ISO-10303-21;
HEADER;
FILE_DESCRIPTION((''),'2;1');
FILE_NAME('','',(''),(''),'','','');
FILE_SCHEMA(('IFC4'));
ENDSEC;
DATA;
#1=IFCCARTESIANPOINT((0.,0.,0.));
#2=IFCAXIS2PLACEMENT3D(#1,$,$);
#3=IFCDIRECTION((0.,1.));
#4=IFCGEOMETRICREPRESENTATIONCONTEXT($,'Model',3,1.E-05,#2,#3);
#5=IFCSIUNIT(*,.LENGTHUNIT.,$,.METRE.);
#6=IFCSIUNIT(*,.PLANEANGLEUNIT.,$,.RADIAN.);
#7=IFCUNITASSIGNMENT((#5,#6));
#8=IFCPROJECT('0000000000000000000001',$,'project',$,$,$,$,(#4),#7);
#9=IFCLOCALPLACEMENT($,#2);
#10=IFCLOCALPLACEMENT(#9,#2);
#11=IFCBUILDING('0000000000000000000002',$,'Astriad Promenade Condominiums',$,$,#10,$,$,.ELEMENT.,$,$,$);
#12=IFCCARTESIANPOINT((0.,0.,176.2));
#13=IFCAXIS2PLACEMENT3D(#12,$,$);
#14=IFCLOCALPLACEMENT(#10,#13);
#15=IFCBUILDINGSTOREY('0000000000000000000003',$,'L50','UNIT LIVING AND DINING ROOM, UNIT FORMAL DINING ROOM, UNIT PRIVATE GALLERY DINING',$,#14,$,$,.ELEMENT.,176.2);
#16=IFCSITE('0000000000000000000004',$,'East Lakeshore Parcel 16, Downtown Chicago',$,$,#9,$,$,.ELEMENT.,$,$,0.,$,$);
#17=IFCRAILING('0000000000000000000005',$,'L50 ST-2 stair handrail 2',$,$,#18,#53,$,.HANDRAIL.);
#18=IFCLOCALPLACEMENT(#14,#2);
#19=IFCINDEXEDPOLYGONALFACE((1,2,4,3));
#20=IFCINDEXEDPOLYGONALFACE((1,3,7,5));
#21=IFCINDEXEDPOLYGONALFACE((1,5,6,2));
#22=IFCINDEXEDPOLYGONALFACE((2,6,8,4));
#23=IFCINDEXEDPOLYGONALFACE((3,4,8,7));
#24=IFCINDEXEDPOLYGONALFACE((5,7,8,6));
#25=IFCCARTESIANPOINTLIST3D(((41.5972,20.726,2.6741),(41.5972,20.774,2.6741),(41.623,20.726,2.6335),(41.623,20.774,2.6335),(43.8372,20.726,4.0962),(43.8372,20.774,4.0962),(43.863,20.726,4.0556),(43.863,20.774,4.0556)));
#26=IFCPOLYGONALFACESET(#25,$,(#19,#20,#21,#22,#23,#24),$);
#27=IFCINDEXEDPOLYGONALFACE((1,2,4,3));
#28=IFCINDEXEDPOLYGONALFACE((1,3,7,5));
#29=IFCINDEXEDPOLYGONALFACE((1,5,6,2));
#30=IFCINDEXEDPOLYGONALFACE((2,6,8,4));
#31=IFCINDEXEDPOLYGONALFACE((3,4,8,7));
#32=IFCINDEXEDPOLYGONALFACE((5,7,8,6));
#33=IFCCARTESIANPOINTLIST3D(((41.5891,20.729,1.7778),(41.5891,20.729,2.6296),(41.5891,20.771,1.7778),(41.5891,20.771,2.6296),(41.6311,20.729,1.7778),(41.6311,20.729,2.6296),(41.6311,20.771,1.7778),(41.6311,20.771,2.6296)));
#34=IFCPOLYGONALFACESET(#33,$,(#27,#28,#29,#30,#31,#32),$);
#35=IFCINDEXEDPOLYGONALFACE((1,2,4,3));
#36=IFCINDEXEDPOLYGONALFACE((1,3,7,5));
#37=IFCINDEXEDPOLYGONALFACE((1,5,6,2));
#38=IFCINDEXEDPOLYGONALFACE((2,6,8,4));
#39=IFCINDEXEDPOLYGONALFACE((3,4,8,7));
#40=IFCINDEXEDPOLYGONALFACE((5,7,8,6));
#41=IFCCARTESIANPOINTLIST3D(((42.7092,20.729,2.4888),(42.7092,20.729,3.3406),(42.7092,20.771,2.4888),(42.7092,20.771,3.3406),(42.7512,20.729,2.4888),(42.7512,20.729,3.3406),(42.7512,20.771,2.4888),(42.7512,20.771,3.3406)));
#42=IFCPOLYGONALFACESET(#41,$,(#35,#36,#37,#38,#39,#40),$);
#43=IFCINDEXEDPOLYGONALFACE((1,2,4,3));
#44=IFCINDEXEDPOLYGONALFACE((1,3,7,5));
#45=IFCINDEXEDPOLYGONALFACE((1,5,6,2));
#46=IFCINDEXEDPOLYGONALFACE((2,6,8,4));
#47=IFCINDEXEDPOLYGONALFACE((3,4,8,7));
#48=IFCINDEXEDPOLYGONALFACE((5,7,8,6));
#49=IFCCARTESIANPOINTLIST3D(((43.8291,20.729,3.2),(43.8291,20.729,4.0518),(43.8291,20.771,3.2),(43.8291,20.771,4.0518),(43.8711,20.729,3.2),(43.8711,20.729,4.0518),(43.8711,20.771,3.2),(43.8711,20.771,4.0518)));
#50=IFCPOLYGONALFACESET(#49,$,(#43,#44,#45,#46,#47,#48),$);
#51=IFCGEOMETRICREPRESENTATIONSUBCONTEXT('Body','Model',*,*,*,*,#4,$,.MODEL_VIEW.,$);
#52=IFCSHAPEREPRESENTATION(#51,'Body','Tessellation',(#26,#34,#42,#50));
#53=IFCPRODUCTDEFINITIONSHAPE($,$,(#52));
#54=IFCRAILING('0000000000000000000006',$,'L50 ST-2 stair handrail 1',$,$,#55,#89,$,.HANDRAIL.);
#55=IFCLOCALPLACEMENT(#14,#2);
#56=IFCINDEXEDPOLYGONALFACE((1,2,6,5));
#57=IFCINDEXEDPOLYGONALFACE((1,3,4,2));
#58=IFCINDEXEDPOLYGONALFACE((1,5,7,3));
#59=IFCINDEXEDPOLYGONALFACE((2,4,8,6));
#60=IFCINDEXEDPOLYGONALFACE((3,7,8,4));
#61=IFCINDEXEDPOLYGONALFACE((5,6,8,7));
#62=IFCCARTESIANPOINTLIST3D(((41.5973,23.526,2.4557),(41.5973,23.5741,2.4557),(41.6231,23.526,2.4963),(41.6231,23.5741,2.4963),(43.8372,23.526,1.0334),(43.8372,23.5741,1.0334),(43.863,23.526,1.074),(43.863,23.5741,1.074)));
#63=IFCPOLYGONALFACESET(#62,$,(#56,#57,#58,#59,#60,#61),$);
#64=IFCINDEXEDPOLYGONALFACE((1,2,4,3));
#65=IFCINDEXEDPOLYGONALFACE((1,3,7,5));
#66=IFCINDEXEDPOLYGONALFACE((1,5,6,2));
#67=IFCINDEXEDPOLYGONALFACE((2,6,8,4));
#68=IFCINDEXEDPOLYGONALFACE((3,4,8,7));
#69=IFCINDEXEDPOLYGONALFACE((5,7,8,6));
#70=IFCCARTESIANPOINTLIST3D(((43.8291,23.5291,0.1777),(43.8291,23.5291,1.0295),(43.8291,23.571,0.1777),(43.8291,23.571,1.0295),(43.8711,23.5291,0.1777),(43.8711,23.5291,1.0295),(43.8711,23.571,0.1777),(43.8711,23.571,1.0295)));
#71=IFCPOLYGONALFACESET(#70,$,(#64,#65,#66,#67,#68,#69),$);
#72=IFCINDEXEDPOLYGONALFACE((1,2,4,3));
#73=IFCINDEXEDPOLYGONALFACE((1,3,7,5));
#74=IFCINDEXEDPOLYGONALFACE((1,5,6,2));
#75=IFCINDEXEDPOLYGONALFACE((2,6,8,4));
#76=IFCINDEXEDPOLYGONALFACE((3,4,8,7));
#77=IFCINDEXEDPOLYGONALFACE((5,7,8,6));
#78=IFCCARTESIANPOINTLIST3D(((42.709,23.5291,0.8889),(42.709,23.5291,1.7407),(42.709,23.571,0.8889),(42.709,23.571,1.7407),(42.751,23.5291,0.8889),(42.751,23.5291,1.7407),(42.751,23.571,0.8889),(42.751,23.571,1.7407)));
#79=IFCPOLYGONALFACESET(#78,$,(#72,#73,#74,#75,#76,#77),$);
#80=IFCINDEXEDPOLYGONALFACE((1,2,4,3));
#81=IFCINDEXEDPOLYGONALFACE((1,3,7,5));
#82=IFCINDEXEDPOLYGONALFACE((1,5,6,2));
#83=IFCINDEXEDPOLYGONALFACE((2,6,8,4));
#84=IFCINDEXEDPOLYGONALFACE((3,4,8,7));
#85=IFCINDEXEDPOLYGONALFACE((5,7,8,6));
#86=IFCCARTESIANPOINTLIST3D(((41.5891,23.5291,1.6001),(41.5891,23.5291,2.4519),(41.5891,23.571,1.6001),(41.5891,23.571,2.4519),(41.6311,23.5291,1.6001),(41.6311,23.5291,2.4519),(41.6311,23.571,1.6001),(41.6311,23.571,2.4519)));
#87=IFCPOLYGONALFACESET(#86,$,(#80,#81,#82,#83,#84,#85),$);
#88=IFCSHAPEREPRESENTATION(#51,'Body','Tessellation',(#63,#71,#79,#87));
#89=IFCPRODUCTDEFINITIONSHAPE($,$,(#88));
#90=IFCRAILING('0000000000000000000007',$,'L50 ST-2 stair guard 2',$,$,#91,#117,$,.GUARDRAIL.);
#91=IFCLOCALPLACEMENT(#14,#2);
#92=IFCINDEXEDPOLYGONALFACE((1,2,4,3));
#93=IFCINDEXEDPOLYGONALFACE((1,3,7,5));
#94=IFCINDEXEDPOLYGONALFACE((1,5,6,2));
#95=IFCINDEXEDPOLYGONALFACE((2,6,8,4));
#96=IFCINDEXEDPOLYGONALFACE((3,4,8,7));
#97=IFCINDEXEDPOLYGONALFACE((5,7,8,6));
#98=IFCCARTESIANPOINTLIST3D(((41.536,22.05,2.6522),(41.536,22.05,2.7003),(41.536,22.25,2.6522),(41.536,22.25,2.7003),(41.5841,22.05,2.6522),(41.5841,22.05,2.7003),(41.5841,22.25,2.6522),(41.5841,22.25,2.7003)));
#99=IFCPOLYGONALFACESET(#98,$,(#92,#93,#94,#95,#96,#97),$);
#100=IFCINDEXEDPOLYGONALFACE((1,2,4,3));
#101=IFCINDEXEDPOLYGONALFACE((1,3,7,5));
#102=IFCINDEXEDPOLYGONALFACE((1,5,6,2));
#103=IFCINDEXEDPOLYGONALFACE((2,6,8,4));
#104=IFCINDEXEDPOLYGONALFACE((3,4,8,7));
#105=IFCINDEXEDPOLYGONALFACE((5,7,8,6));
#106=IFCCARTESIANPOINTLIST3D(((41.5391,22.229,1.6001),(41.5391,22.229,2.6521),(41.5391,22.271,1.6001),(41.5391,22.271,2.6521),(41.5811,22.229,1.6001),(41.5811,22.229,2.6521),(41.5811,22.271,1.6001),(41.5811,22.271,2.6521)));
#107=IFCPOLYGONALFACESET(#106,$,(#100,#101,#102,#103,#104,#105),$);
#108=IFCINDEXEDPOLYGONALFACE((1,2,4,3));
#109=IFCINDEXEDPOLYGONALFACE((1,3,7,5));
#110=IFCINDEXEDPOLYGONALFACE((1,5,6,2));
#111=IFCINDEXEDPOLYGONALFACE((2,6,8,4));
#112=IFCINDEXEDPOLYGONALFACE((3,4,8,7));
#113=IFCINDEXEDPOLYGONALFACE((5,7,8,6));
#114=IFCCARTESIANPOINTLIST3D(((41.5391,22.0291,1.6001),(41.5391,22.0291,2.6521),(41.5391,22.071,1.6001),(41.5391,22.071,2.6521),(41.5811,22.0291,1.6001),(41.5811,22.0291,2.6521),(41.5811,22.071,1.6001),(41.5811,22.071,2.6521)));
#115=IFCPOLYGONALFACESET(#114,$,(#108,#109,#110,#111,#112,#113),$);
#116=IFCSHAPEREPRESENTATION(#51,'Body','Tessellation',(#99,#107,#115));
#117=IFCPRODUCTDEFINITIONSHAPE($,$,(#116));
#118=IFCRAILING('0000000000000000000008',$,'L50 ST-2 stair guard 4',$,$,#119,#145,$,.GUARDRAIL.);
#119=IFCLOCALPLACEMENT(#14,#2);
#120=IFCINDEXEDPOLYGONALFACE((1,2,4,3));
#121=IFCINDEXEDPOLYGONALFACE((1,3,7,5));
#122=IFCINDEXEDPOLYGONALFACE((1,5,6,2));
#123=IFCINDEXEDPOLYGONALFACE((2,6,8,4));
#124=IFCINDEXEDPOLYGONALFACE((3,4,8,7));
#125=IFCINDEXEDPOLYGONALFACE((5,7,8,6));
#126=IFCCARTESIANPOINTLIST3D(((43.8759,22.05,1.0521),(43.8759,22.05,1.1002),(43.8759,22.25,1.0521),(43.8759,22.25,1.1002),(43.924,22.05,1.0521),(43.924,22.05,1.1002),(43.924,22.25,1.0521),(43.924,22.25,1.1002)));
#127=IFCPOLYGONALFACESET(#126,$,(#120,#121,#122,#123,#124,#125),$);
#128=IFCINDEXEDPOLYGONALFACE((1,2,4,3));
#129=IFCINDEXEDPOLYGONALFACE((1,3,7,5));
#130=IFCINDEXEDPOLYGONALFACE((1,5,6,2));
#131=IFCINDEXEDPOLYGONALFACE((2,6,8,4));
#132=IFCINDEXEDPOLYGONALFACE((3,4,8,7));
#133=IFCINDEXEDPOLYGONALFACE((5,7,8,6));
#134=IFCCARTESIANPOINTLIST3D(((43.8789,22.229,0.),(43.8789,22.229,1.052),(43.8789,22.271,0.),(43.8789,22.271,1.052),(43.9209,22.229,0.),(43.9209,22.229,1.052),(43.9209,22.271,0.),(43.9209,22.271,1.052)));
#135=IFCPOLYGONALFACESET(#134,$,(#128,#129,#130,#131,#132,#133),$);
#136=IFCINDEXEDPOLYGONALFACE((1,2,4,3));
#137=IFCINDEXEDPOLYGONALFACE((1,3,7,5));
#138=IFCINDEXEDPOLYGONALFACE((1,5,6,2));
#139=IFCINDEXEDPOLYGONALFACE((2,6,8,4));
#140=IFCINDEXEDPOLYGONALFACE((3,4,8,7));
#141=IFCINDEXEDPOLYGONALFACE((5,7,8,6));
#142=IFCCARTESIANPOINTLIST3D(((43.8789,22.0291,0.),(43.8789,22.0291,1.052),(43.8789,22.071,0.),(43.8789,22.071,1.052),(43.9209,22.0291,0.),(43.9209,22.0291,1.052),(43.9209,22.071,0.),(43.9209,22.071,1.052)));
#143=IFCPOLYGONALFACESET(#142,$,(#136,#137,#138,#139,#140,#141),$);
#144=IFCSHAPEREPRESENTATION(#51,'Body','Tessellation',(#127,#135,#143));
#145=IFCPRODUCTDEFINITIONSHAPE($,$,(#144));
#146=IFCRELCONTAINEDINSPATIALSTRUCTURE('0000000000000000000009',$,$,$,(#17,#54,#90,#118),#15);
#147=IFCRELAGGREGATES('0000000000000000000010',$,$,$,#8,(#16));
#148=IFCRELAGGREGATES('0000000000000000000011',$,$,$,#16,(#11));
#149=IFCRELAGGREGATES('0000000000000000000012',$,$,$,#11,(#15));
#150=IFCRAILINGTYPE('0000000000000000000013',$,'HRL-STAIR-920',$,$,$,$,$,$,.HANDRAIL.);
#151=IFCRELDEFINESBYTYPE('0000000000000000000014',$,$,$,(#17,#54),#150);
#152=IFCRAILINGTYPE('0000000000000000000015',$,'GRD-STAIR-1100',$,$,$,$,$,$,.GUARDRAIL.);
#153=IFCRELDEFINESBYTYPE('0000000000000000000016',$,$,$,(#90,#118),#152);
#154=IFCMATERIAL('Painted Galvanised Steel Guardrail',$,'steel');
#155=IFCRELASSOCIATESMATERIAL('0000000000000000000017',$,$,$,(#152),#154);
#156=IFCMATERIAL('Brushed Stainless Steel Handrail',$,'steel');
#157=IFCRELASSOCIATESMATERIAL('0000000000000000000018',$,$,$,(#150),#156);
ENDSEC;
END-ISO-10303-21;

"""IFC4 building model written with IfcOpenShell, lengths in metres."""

from ifc_helpers import new_model, si_unit, direction, frame, origin, origin_2d, place, context, subcontext, project, spatial, rectangle, extrude, source, transform, mapped, material, type_object, type_shapes, element, save


model = new_model("IFC4")

# Units and contexts
model_context = context("Model", 3, precision=1e-05, world=origin(), true_north=direction((0.0, 1.0)))
body_context = subcontext(model_context, "Body", "Model", "MODEL_VIEW")
ifc_project = project(units=[si_unit("LENGTHUNIT", "METRE"), si_unit("PLANEANGLEUNIT", "RADIAN")], contexts=[model_context])

# Site, building, storey
site_placement = place(None, origin())
site = spatial("IfcSite", under=ifc_project, at=site_placement, Name="East Lakeshore Parcel 16, Downtown Chicago", CompositionType="ELEMENT", RefElevation=0.0)
building_placement = place(site_placement, origin())
building = spatial("IfcBuilding", under=site, at=building_placement, Name="Astriad Promenade Condominiums", CompositionType="ELEMENT")
storey_placement = place(building_placement, frame((0.0, 0.0, 176.2)))
storey = spatial("IfcBuildingStorey", under=building, at=storey_placement, Name="L50", Description="UNIT LIVING AND DINING ROOM, UNIT FORMAL DINING ROOM, UNIT PRIVATE GALLERY DINING", CompositionType="ELEMENT", Elevation=176.2)

# Railings
ifc_material_1 = material(Name="Painted Galvanised Steel Guardrail", Category="steel")
railing_type_1 = type_object("IfcRailingType", Name="GRD-STAIR-1100", PredefinedType="GUARDRAIL", material=ifc_material_1)
ifc_material_2 = material(Name="Brushed Stainless Steel Handrail", Category="steel")
railing_type_2 = type_object("IfcRailingType", Name="HRL-STAIR-920", PredefinedType="HANDRAIL", material=ifc_material_2)
shared_shape_1 = source(origin(), body_context, "Body", "SweptSolid", [
    extrude(rectangle(XDim=0.0481, YDim=0.0481, at=origin_2d()), frame((0.0, 0.0, 0.876), z_axis=(0.844229, 0.0, 0.535982), x_axis=(0.0, 1.0, 0.0)), (0.0, 0.0, 1.0), 2.6533),
    extrude(rectangle(XDim=0.042, YDim=0.042, at=origin_2d()), origin(), (0.0, 0.0, 1.0), 0.8518),
    extrude(rectangle(XDim=0.042, YDim=0.042, at=origin_2d()), frame((1.1201, 0.0, 0.7109)), (0.0, 0.0, 1.0), 0.8518),
    extrude(rectangle(XDim=0.042, YDim=0.042, at=origin_2d()), frame((2.24, 0.0, 1.4221)), (0.0, 0.0, 1.0), 0.8518),
])
railing_1_placement = place(storey_placement, frame((41.6101, 20.75, 1.7778)))
element("IfcRailing", 1, at=railing_1_placement, inside=storey, type_object=railing_type_2, Name="L50 ST-2 stair handrail 2", PredefinedType="HANDRAIL", context=body_context, shape_type="MappedRepresentation", body=[
    mapped(shared_shape_1, transform((0.0, 0.0, 0.0), scale=1.0)),
])
shared_shape_2 = source(origin(), body_context, "Body", "SweptSolid", [
    extrude(rectangle(XDim=0.0481, YDim=0.0481, at=origin_2d()), frame((0.0, 0.0, 0.876), z_axis=(-0.844188, 0.0, 0.536048), x_axis=(0.0, -1.0, 0.0)), (0.0, 0.0, 1.0), 2.6533),
    extrude(rectangle(XDim=0.042, YDim=0.042, at=origin_2d()), origin(), (0.0, 0.0, 1.0), 0.8518),
    extrude(rectangle(XDim=0.042, YDim=0.042, at=origin_2d()), frame((-1.1201, 0.0, 0.7112)), (0.0, 0.0, 1.0), 0.8518),
    extrude(rectangle(XDim=0.042, YDim=0.042, at=origin_2d()), frame((-2.24, 0.0, 1.4224)), (0.0, 0.0, 1.0), 0.8518),
])
type_shapes(railing_type_2, [shared_shape_1, shared_shape_2])
railing_2_placement = place(storey_placement, frame((43.8501, 23.55, 0.1777)))
element("IfcRailing", 2, at=railing_2_placement, inside=storey, type_object=railing_type_2, Name="L50 ST-2 stair handrail 1", PredefinedType="HANDRAIL", context=body_context, shape_type="MappedRepresentation", body=[
    mapped(shared_shape_2, transform((0.0, 0.0, 0.0), scale=1.0)),
])
shared_shape_3 = source(origin(), body_context, "Body", "SweptSolid", [
    extrude(rectangle(XDim=0.0481, YDim=0.0481, at=origin_2d()), frame((0.0, 0.0, 1.0762), z_axis=(0.0, -1.0, 0.0), x_axis=(1.0, 0.0, 0.0)), (0.0, 0.0, 1.0), 0.2),
    extrude(rectangle(XDim=0.042, YDim=0.042, at=origin_2d()), origin(), (0.0, 0.0, 1.0), 1.052),
    extrude(rectangle(XDim=0.042, YDim=0.042, at=origin_2d()), frame((0.0, -0.2, 0.0)), (0.0, 0.0, 1.0), 1.052),
])
for number, where, name in (
    (3, (41.5601, 22.25, 1.6001), "L50 ST-2 stair guard 2"),
    (4, (43.8999, 22.25, 0.0), "L50 ST-2 stair guard 4"),
):
    element("IfcRailing", number, at=place(storey_placement, frame(where)), inside=storey, type_object=railing_type_1, Name=name, PredefinedType="GUARDRAIL", context=body_context, shape_type="MappedRepresentation", body=[
        mapped(shared_shape_3, transform((0.0, 0.0, 0.0), scale=1.0)),
    ])

save(model, "model.ifc")
